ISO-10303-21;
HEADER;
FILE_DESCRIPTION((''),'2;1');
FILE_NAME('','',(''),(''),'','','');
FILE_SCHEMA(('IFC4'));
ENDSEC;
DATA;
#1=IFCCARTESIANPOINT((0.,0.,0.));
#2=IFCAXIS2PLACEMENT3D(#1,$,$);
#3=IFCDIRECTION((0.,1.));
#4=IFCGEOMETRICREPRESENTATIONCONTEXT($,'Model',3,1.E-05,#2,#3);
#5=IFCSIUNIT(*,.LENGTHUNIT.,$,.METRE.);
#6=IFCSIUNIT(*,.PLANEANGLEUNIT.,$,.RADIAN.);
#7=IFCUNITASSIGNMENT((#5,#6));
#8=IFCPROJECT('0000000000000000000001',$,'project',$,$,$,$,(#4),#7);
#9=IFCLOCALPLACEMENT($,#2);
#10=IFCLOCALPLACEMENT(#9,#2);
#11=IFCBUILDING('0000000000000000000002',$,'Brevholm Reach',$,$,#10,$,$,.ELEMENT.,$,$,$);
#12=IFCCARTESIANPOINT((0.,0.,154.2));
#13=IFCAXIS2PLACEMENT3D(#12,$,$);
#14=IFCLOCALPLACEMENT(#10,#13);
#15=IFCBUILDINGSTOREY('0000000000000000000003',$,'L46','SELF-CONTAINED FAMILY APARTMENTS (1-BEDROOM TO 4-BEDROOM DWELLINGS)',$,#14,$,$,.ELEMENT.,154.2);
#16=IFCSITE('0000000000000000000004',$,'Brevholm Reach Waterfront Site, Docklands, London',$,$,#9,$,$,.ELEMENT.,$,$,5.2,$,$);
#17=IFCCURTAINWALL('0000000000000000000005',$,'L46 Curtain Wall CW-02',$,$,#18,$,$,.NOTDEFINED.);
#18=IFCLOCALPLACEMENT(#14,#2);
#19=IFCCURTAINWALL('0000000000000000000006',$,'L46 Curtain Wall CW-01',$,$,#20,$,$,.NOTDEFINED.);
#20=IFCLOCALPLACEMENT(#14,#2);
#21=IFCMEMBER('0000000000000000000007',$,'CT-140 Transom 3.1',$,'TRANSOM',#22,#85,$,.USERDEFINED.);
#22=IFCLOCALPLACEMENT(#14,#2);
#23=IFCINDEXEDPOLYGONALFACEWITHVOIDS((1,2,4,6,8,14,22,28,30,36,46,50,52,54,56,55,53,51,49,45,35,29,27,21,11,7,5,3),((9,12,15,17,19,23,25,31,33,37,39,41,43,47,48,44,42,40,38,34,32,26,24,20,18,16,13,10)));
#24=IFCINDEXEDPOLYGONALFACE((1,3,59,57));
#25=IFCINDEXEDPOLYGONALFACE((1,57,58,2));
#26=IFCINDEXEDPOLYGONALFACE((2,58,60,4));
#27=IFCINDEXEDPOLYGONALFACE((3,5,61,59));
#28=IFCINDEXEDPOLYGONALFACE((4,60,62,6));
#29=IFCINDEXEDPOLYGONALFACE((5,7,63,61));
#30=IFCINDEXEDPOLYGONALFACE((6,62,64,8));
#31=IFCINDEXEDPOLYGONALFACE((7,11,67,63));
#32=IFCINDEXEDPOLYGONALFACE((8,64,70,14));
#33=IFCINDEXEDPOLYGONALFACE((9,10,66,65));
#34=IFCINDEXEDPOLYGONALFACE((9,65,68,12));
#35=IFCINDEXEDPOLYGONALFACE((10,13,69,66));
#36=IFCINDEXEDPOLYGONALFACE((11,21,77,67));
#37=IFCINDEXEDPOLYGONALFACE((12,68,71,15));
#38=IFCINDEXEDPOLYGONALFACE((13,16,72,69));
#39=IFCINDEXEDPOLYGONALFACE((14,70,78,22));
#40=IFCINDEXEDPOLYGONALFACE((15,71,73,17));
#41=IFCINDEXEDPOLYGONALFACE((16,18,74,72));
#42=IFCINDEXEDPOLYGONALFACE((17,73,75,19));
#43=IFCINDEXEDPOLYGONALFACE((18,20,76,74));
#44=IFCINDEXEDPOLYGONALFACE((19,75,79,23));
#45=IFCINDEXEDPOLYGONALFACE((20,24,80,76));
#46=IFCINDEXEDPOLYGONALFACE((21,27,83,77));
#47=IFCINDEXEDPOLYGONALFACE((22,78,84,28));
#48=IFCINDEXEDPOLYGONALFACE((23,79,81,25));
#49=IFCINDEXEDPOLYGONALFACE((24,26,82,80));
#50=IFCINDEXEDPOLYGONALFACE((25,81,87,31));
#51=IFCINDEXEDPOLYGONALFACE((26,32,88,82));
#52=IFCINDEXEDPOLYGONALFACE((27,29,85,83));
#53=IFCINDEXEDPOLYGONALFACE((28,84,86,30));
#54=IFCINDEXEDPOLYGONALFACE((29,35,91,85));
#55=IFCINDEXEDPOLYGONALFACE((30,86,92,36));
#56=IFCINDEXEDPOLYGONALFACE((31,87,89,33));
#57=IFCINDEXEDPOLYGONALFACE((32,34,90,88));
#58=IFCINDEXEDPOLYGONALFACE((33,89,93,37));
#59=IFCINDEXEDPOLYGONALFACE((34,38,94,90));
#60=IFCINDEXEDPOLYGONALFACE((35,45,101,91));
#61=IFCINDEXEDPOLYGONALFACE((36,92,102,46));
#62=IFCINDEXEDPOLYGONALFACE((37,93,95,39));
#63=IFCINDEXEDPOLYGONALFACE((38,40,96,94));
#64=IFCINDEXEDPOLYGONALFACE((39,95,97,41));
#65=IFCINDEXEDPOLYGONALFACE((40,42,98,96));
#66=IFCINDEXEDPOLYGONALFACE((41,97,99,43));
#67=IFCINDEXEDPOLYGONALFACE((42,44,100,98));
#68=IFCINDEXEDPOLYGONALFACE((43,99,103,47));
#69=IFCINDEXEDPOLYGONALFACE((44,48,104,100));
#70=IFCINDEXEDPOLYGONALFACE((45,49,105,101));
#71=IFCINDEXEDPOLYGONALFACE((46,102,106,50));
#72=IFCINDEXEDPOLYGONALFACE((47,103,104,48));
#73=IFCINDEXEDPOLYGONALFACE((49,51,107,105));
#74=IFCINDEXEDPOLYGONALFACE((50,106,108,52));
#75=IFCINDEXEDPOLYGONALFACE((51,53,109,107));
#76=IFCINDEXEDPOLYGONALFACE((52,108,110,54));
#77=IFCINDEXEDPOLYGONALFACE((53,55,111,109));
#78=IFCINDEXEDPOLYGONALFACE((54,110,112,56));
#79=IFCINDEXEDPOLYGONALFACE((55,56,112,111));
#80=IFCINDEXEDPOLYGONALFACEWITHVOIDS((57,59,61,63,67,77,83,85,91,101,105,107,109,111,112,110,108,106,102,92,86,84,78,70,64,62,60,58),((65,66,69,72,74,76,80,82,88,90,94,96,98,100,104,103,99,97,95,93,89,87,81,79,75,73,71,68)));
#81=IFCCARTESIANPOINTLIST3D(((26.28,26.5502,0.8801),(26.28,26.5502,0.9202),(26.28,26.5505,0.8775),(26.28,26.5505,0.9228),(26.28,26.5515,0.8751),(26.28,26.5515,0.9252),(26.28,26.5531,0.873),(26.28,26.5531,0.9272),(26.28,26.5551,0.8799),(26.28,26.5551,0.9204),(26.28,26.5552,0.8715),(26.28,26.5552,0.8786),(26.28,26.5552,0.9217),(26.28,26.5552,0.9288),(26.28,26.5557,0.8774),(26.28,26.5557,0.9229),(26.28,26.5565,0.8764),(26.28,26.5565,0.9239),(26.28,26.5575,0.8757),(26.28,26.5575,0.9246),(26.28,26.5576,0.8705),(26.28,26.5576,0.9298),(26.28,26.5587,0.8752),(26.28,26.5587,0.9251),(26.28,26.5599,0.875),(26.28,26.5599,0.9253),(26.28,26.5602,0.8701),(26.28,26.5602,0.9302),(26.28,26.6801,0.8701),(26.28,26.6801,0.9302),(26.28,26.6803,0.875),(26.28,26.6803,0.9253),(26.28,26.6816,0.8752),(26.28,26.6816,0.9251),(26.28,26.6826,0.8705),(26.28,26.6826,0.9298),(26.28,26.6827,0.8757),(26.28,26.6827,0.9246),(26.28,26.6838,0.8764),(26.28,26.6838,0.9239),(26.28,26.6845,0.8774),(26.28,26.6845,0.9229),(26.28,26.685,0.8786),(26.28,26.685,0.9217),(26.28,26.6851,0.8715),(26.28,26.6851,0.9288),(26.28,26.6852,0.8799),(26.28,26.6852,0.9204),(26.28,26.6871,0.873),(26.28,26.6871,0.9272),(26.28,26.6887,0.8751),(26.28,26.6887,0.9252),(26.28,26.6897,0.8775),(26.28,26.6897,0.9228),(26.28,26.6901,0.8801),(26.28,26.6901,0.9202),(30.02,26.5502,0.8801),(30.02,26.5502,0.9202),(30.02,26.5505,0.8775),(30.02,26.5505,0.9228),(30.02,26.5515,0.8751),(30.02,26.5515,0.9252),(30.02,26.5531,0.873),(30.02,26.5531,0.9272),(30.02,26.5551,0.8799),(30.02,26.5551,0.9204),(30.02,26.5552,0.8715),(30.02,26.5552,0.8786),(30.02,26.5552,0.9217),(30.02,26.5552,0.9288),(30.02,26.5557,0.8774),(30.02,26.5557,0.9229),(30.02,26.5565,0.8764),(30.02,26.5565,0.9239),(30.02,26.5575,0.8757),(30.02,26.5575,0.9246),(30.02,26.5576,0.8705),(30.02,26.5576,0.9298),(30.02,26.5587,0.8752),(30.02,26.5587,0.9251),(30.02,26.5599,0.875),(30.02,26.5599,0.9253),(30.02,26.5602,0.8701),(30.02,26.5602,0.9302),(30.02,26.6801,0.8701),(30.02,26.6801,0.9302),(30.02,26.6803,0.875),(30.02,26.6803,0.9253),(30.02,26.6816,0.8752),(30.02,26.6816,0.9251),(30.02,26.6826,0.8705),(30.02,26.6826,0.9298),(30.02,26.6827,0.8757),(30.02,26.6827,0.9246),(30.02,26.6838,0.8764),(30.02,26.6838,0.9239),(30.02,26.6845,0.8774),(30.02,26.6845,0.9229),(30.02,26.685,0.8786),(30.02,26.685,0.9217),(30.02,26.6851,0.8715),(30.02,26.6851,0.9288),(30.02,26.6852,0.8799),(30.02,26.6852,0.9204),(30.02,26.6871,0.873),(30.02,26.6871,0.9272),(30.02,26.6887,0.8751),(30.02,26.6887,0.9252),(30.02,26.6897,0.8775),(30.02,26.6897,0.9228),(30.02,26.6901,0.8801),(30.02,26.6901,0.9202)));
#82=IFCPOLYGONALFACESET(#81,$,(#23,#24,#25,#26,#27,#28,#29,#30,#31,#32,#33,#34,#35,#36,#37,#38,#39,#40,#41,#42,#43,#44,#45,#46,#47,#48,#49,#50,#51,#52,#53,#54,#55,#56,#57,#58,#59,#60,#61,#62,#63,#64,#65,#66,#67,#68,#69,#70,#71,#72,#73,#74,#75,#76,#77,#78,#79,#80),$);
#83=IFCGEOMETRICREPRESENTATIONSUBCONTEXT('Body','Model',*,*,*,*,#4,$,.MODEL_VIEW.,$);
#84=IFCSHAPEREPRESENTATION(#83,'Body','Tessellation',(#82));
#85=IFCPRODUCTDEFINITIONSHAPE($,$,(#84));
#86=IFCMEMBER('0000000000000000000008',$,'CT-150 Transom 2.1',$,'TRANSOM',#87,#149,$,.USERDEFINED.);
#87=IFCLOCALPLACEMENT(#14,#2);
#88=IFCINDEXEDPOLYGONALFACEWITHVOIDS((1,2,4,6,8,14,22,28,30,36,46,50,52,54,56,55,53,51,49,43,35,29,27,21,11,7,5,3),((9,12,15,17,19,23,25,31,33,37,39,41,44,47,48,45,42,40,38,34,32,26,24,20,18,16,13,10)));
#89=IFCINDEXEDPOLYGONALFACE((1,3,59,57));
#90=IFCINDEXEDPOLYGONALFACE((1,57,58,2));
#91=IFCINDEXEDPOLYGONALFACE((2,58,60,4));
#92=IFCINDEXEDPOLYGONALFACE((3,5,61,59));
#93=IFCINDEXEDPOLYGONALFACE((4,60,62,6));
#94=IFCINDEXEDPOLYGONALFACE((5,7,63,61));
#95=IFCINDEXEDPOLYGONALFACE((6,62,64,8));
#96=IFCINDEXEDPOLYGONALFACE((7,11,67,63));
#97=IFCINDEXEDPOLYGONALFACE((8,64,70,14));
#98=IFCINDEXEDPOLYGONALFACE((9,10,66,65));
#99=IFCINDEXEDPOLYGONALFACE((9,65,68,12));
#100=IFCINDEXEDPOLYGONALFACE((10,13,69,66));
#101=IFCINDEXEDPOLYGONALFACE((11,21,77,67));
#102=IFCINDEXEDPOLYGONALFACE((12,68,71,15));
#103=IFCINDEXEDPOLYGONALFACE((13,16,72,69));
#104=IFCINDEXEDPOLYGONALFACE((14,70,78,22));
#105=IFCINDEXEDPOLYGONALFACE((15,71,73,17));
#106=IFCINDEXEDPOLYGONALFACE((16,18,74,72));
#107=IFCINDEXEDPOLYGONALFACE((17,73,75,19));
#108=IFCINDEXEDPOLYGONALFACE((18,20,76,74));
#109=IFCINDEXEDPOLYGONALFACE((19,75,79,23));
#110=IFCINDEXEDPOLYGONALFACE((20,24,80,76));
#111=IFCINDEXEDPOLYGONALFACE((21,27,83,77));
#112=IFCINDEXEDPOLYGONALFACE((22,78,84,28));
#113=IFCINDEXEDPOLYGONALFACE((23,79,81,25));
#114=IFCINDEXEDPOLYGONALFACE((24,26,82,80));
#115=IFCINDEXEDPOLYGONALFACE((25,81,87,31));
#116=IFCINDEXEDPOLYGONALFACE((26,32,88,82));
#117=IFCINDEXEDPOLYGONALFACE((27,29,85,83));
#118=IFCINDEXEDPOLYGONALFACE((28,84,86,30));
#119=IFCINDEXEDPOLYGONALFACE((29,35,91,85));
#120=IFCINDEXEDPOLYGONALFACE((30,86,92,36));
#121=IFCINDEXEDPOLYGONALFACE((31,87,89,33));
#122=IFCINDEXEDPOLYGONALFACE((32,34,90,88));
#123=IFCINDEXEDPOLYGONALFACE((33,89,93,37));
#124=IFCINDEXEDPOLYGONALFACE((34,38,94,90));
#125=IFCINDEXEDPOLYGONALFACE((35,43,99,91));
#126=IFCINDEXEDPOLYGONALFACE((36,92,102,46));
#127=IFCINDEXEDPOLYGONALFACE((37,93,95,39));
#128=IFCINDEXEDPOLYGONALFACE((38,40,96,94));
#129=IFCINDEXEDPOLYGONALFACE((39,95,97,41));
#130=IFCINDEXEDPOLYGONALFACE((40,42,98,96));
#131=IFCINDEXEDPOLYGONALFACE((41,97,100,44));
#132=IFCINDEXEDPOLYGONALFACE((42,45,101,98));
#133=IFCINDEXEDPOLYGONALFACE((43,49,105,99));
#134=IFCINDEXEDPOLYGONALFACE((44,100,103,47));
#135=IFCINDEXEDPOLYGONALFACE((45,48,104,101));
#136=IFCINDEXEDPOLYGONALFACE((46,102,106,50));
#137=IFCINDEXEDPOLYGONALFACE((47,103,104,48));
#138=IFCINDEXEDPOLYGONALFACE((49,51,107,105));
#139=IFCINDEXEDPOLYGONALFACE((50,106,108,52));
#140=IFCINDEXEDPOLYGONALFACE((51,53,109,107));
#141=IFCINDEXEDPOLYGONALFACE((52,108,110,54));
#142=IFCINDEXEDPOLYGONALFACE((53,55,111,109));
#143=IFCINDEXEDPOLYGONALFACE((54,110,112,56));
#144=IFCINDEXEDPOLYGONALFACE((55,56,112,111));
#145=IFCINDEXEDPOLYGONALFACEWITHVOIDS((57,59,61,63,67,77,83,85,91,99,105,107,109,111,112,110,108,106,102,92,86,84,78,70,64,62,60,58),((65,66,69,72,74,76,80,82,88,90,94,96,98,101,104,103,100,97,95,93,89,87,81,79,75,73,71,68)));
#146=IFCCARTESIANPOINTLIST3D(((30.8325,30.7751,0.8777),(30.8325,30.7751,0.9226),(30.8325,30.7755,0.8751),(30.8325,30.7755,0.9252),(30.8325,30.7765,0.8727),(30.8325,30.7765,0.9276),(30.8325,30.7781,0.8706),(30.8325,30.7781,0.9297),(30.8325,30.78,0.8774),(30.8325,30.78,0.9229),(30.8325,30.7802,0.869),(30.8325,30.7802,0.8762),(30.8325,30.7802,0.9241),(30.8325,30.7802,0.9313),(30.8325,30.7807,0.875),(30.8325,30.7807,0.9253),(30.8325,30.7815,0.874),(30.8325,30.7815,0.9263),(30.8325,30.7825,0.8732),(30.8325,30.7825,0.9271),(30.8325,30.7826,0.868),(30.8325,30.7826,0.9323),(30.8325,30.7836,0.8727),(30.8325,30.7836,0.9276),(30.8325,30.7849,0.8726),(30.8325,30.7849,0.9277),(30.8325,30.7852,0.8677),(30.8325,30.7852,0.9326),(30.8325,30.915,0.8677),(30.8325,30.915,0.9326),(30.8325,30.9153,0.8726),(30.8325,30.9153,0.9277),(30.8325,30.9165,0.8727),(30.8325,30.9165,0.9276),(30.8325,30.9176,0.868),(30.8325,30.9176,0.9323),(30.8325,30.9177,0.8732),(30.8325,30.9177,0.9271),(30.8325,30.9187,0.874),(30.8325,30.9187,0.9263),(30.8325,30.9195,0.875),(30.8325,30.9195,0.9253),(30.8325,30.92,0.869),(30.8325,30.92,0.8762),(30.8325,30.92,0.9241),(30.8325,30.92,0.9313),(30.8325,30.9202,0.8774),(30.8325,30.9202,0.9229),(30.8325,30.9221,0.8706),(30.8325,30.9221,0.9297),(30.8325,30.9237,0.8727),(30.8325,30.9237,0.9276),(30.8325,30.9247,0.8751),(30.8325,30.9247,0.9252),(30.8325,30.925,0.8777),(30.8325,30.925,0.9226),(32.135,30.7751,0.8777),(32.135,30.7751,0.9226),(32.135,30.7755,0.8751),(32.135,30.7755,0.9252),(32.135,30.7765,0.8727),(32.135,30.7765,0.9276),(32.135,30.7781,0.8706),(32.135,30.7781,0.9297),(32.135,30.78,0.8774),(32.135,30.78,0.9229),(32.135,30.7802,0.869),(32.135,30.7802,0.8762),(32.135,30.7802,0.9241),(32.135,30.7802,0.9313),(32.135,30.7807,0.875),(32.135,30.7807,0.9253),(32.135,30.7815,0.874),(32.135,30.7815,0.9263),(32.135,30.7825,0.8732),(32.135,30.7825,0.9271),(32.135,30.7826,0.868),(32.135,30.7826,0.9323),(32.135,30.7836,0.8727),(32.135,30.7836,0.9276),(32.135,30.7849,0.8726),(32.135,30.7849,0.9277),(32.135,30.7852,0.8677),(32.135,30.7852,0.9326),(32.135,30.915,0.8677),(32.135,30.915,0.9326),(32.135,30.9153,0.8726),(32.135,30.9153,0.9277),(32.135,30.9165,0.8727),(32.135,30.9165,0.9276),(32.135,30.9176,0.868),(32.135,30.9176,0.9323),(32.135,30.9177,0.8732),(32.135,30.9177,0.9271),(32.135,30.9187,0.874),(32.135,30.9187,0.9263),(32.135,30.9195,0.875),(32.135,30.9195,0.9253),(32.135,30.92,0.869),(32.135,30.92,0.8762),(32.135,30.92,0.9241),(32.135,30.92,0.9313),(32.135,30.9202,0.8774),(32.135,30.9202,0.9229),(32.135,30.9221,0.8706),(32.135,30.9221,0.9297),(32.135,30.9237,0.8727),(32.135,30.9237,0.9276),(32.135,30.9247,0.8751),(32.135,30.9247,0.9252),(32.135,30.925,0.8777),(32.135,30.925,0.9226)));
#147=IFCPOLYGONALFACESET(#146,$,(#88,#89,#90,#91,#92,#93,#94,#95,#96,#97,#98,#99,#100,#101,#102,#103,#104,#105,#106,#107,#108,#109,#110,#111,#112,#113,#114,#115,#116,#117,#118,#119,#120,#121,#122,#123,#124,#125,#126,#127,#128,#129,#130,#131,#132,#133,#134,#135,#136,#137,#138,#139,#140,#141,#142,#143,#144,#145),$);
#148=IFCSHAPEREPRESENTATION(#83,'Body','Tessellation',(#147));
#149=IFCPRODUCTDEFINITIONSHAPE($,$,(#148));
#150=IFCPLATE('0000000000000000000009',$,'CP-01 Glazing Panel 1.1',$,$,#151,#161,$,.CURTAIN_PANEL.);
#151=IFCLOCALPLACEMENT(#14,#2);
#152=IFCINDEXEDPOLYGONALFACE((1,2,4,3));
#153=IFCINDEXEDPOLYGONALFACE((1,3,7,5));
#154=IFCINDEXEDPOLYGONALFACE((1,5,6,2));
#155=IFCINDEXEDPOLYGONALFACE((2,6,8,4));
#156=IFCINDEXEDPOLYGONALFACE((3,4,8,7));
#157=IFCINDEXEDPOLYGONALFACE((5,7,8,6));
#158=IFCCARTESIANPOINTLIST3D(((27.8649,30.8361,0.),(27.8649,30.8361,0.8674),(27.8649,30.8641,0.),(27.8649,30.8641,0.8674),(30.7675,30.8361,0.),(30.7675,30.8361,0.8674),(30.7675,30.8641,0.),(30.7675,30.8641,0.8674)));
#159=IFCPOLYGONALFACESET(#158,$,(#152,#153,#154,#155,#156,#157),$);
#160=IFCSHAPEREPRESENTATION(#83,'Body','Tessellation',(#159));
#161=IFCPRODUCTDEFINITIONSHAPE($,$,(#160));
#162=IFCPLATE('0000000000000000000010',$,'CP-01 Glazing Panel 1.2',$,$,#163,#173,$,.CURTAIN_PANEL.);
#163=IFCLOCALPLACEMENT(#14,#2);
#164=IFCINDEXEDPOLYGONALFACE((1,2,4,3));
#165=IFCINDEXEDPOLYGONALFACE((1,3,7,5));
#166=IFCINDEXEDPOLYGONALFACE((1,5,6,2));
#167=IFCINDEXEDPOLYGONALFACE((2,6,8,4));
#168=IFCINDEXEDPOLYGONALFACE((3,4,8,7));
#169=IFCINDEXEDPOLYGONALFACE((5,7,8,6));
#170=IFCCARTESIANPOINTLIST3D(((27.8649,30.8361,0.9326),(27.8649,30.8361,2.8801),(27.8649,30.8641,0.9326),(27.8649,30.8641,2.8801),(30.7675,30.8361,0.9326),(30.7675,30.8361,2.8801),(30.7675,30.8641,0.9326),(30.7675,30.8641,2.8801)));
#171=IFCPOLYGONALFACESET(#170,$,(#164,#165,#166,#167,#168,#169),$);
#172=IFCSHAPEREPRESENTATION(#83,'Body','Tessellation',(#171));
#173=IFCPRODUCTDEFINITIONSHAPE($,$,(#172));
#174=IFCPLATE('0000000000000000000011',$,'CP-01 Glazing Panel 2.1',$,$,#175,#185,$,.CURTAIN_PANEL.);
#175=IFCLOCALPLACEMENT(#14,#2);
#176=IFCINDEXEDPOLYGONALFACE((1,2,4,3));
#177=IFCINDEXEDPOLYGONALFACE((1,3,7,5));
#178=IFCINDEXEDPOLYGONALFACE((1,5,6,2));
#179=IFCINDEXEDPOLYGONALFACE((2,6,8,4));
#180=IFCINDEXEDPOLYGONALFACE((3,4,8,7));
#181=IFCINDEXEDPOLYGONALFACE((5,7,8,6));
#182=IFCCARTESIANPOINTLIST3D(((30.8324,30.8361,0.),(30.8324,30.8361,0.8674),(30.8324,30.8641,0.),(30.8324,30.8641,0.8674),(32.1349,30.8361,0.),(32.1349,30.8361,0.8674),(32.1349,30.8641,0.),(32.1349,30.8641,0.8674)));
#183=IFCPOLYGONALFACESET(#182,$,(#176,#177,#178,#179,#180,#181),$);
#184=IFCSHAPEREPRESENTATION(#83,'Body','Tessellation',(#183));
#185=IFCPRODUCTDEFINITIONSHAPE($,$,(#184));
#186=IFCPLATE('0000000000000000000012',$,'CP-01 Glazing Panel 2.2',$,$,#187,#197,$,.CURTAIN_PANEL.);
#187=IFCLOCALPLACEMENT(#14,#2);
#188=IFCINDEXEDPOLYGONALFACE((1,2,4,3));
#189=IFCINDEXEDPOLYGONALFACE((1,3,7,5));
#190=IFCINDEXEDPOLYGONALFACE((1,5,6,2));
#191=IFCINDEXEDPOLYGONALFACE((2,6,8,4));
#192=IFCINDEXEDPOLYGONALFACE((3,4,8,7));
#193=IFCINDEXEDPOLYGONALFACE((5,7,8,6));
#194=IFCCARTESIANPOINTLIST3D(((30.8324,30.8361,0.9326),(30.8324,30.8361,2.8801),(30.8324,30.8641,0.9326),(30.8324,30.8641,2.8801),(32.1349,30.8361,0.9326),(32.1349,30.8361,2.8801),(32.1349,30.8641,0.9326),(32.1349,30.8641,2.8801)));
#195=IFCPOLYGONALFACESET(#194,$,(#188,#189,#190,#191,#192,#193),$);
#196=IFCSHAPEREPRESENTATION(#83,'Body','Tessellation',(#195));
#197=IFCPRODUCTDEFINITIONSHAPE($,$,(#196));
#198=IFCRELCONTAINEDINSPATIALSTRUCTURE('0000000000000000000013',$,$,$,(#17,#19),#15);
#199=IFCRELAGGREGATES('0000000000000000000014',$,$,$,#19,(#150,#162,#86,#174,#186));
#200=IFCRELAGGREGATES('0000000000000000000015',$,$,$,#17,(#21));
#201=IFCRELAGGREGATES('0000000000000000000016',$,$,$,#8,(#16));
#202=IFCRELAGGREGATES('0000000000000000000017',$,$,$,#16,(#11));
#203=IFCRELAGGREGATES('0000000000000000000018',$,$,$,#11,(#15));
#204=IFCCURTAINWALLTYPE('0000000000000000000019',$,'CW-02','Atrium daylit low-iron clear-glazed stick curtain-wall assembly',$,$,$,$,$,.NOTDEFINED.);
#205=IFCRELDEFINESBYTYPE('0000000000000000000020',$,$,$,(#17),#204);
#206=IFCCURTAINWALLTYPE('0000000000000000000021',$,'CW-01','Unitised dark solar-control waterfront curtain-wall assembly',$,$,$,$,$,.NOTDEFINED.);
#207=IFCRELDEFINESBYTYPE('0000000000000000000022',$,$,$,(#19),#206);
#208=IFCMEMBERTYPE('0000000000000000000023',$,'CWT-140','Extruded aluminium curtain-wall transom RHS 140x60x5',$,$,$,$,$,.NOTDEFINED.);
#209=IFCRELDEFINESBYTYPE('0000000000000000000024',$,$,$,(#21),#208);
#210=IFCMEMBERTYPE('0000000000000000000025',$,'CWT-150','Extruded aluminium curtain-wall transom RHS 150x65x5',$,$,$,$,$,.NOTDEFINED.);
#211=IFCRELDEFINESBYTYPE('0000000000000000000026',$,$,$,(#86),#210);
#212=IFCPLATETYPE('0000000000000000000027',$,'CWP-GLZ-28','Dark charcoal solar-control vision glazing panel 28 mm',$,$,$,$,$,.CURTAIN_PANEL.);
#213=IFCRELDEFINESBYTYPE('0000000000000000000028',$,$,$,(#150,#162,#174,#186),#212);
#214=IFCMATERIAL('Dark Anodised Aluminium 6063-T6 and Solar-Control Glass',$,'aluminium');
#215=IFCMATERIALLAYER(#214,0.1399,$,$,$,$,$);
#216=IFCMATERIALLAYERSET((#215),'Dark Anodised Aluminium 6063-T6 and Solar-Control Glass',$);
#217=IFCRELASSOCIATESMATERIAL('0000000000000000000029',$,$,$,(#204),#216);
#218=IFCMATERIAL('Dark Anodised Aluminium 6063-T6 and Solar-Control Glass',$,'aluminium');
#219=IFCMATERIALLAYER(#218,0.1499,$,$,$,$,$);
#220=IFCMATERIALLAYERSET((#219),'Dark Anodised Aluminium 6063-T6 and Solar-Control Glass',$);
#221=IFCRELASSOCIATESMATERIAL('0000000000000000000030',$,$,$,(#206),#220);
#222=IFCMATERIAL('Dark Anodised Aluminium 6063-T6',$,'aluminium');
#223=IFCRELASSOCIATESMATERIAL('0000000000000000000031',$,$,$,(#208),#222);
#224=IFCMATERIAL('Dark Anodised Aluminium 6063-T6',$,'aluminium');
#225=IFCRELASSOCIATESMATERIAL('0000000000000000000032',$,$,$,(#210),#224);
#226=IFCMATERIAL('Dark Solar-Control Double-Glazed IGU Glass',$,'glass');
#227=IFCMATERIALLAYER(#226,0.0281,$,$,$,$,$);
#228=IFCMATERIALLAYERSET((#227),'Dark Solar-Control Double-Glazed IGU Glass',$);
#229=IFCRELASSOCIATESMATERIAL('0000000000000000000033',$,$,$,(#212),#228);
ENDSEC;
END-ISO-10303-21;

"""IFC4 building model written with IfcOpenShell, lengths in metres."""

from ifc_helpers import new_model, si_unit, direction, frame, origin, origin_2d, place, context, subcontext, project, spatial, rectangle, hollow_rectangle, extrude, material, layer, layer_set, material_profile, profile_set, type_object, element, aggregate, save


model = new_model("IFC4")

# Units and contexts
model_context = context("Model", 3, precision=1e-05, world=origin(), true_north=direction((0.0, 1.0)))
body_context = subcontext(model_context, "Body", "Model", "MODEL_VIEW")
ifc_project = project(units=[si_unit("LENGTHUNIT", "METRE"), si_unit("PLANEANGLEUNIT", "RADIAN")], contexts=[model_context])

# Site, building, storey
site_placement = place(None, origin())
site = spatial("IfcSite", under=ifc_project, at=site_placement, Name="Brevholm Reach Waterfront Site, Docklands, London", CompositionType="ELEMENT", RefElevation=5.2)
building_placement = place(site_placement, origin())
building = spatial("IfcBuilding", under=site, at=building_placement, Name="Brevholm Reach", CompositionType="ELEMENT")
storey_placement = place(building_placement, frame((0.0, 0.0, 154.2)))
storey = spatial("IfcBuildingStorey", under=building, at=storey_placement, Name="L46", Description="SELF-CONTAINED FAMILY APARTMENTS (1-BEDROOM TO 4-BEDROOM DWELLINGS)", CompositionType="ELEMENT", Elevation=154.2)

# Shared definitions
ifc_material_1 = material(Name="Dark Anodised Aluminium 6063-T6 and Solar-Control Glass", Category="aluminium")
ifc_layer_1 = layer(ifc_material_1, 0.1399)
ifc_layer_set_1 = layer_set([ifc_layer_1], Name="Dark Anodised Aluminium 6063-T6 and Solar-Control Glass")
curtain_wall_type_1 = type_object("IfcCurtainWallType", Name="CW-02", Description="Atrium daylit low-iron clear-glazed stick curtain-wall assembly", PredefinedType="NOTDEFINED", material=ifc_layer_set_1)

# Curtain walls
curtain_wall_1_placement = place(storey_placement, origin())
curtain_wall_1 = element("IfcCurtainWall", 1, at=curtain_wall_1_placement, inside=storey, type_object=curtain_wall_type_1, Name="L46 Curtain Wall CW-02", PredefinedType="NOTDEFINED")
ifc_material_2 = material(Name="Dark Anodised Aluminium 6063-T6 and Solar-Control Glass", Category="aluminium")
ifc_layer_2 = layer(ifc_material_2, 0.1499)
ifc_layer_set_2 = layer_set([ifc_layer_2], Name="Dark Anodised Aluminium 6063-T6 and Solar-Control Glass")
curtain_wall_type_2 = type_object("IfcCurtainWallType", Name="CW-01", Description="Unitised dark solar-control waterfront curtain-wall assembly", PredefinedType="NOTDEFINED", material=ifc_layer_set_2)
curtain_wall_2_placement = place(storey_placement, origin())
curtain_wall_2 = element("IfcCurtainWall", 2, at=curtain_wall_2_placement, inside=storey, type_object=curtain_wall_type_2, Name="L46 Curtain Wall CW-01", PredefinedType="NOTDEFINED")

# Members
ifc_material_3 = material(Name="Dark Anodised Aluminium 6063-T6", Category="aluminium")
ifc_material_profile_1 = material_profile(ifc_material_3, hollow_rectangle(XDim=0.0601, YDim=0.1399, WallThickness=0.0049, InnerFilletRadius=0.0049, OuterFilletRadius=0.01, at=origin_2d()), Name="RHS 140x60x5")
ifc_profile_set_1 = profile_set([ifc_material_profile_1], Name="Dark Anodised Aluminium 6063-T6")
member_type_1 = type_object("IfcMemberType", Name="CWT-140", Description="Extruded aluminium curtain-wall transom RHS 140x60x5", PredefinedType="NOTDEFINED", material=ifc_profile_set_1)
member_1_placement = place(storey_placement, frame((30.02, 26.6201, 0.9001), z_axis=(-1.0, 0.0, 0.0), x_axis=(0.0, 0.0, 1.0)))
member_1 = element("IfcMember", 3, at=member_1_placement, type_object=member_type_1, Name="CT-140 Transom 3.1", ObjectType="TRANSOM", PredefinedType="USERDEFINED", context=body_context, shape_type="SweptSolid", body=[
    extrude(hollow_rectangle(XDim=0.0601, YDim=0.1399, WallThickness=0.0049, InnerFilletRadius=0.0049, OuterFilletRadius=0.01, at=origin_2d()), origin(), (0.0, 0.0, 1.0), 3.74),
])
ifc_material_4 = material(Name="Dark Anodised Aluminium 6063-T6", Category="aluminium")
ifc_material_profile_2 = material_profile(ifc_material_4, hollow_rectangle(XDim=0.0649, YDim=0.1499, WallThickness=0.0049, InnerFilletRadius=0.0049, OuterFilletRadius=0.01, at=origin_2d()), Name="RHS 150x65x5")
ifc_profile_set_2 = profile_set([ifc_material_profile_2], Name="Dark Anodised Aluminium 6063-T6")
member_type_2 = type_object("IfcMemberType", Name="CWT-150", Description="Extruded aluminium curtain-wall transom RHS 150x65x5", PredefinedType="NOTDEFINED", material=ifc_profile_set_2)
member_2_placement = place(storey_placement, frame((30.8325, 30.8501, 0.9001), z_axis=(1.0, 0.0, 0.0), x_axis=(0.0, 0.0, 1.0)))
member_2 = element("IfcMember", 4, at=member_2_placement, type_object=member_type_2, Name="CT-150 Transom 2.1", ObjectType="TRANSOM", PredefinedType="USERDEFINED", context=body_context, shape_type="SweptSolid", body=[
    extrude(hollow_rectangle(XDim=0.0649, YDim=0.1499, WallThickness=0.0049, InnerFilletRadius=0.0049, OuterFilletRadius=0.01, at=origin_2d()), origin(), (0.0, 0.0, 1.0), 1.3025),
])

# Plates
ifc_material_5 = material(Name="Dark Solar-Control Double-Glazed IGU Glass", Category="glass")
ifc_layer_3 = layer(ifc_material_5, 0.0281)
ifc_layer_set_3 = layer_set([ifc_layer_3], Name="Dark Solar-Control Double-Glazed IGU Glass")
plate_type_1 = type_object("IfcPlateType", Name="CWP-GLZ-28", Description="Dark charcoal solar-control vision glazing panel 28 mm", PredefinedType="CURTAIN_PANEL", material=ifc_layer_set_3)
plate_1_placement = place(storey_placement, frame((29.3162, 30.8501, 0.0), z_axis=(0.0, 0.0, 1.0), x_axis=(1.0, 0.0, 0.0)))
plate_1 = element("IfcPlate", 5, at=plate_1_placement, type_object=plate_type_1, Name="CP-01 Glazing Panel 1.1", PredefinedType="CURTAIN_PANEL", context=body_context, shape_type="SweptSolid", body=[
    extrude(rectangle(XDim=2.9026, YDim=0.0281, at=origin_2d()), origin(), (0.0, 0.0, 1.0), 0.8674),
])
plate_2_placement = place(storey_placement, frame((29.3162, 30.8501, 0.9326), z_axis=(0.0, 0.0, 1.0), x_axis=(1.0, 0.0, 0.0)))
plate_2 = element("IfcPlate", 6, at=plate_2_placement, type_object=plate_type_1, Name="CP-01 Glazing Panel 1.2", PredefinedType="CURTAIN_PANEL", context=body_context, shape_type="SweptSolid", body=[
    extrude(rectangle(XDim=2.9026, YDim=0.0281, at=origin_2d()), origin(), (0.0, 0.0, 1.0), 1.9475),
])
plate_3_placement = place(storey_placement, frame((31.4836, 30.8501, 0.0), z_axis=(0.0, 0.0, 1.0), x_axis=(1.0, 0.0, 0.0)))
plate_3 = element("IfcPlate", 7, at=plate_3_placement, type_object=plate_type_1, Name="CP-01 Glazing Panel 2.1", PredefinedType="CURTAIN_PANEL", context=body_context, shape_type="SweptSolid", body=[
    extrude(rectangle(XDim=1.3025, YDim=0.0281, at=origin_2d()), origin(), (0.0, 0.0, 1.0), 0.8674),
])
plate_4_placement = place(storey_placement, frame((31.4836, 30.8501, 0.9326), z_axis=(0.0, 0.0, 1.0), x_axis=(1.0, 0.0, 0.0)))
plate_4 = element("IfcPlate", 8, at=plate_4_placement, type_object=plate_type_1, Name="CP-01 Glazing Panel 2.2", PredefinedType="CURTAIN_PANEL", context=body_context, shape_type="SweptSolid", body=[
    extrude(rectangle(XDim=1.3025, YDim=0.0281, at=origin_2d()), origin(), (0.0, 0.0, 1.0), 1.9475),
])
aggregate(curtain_wall_2, [plate_1, plate_2, member_2, plate_3, plate_4])
aggregate(curtain_wall_1, [member_1])

save(model, "model.ifc")
